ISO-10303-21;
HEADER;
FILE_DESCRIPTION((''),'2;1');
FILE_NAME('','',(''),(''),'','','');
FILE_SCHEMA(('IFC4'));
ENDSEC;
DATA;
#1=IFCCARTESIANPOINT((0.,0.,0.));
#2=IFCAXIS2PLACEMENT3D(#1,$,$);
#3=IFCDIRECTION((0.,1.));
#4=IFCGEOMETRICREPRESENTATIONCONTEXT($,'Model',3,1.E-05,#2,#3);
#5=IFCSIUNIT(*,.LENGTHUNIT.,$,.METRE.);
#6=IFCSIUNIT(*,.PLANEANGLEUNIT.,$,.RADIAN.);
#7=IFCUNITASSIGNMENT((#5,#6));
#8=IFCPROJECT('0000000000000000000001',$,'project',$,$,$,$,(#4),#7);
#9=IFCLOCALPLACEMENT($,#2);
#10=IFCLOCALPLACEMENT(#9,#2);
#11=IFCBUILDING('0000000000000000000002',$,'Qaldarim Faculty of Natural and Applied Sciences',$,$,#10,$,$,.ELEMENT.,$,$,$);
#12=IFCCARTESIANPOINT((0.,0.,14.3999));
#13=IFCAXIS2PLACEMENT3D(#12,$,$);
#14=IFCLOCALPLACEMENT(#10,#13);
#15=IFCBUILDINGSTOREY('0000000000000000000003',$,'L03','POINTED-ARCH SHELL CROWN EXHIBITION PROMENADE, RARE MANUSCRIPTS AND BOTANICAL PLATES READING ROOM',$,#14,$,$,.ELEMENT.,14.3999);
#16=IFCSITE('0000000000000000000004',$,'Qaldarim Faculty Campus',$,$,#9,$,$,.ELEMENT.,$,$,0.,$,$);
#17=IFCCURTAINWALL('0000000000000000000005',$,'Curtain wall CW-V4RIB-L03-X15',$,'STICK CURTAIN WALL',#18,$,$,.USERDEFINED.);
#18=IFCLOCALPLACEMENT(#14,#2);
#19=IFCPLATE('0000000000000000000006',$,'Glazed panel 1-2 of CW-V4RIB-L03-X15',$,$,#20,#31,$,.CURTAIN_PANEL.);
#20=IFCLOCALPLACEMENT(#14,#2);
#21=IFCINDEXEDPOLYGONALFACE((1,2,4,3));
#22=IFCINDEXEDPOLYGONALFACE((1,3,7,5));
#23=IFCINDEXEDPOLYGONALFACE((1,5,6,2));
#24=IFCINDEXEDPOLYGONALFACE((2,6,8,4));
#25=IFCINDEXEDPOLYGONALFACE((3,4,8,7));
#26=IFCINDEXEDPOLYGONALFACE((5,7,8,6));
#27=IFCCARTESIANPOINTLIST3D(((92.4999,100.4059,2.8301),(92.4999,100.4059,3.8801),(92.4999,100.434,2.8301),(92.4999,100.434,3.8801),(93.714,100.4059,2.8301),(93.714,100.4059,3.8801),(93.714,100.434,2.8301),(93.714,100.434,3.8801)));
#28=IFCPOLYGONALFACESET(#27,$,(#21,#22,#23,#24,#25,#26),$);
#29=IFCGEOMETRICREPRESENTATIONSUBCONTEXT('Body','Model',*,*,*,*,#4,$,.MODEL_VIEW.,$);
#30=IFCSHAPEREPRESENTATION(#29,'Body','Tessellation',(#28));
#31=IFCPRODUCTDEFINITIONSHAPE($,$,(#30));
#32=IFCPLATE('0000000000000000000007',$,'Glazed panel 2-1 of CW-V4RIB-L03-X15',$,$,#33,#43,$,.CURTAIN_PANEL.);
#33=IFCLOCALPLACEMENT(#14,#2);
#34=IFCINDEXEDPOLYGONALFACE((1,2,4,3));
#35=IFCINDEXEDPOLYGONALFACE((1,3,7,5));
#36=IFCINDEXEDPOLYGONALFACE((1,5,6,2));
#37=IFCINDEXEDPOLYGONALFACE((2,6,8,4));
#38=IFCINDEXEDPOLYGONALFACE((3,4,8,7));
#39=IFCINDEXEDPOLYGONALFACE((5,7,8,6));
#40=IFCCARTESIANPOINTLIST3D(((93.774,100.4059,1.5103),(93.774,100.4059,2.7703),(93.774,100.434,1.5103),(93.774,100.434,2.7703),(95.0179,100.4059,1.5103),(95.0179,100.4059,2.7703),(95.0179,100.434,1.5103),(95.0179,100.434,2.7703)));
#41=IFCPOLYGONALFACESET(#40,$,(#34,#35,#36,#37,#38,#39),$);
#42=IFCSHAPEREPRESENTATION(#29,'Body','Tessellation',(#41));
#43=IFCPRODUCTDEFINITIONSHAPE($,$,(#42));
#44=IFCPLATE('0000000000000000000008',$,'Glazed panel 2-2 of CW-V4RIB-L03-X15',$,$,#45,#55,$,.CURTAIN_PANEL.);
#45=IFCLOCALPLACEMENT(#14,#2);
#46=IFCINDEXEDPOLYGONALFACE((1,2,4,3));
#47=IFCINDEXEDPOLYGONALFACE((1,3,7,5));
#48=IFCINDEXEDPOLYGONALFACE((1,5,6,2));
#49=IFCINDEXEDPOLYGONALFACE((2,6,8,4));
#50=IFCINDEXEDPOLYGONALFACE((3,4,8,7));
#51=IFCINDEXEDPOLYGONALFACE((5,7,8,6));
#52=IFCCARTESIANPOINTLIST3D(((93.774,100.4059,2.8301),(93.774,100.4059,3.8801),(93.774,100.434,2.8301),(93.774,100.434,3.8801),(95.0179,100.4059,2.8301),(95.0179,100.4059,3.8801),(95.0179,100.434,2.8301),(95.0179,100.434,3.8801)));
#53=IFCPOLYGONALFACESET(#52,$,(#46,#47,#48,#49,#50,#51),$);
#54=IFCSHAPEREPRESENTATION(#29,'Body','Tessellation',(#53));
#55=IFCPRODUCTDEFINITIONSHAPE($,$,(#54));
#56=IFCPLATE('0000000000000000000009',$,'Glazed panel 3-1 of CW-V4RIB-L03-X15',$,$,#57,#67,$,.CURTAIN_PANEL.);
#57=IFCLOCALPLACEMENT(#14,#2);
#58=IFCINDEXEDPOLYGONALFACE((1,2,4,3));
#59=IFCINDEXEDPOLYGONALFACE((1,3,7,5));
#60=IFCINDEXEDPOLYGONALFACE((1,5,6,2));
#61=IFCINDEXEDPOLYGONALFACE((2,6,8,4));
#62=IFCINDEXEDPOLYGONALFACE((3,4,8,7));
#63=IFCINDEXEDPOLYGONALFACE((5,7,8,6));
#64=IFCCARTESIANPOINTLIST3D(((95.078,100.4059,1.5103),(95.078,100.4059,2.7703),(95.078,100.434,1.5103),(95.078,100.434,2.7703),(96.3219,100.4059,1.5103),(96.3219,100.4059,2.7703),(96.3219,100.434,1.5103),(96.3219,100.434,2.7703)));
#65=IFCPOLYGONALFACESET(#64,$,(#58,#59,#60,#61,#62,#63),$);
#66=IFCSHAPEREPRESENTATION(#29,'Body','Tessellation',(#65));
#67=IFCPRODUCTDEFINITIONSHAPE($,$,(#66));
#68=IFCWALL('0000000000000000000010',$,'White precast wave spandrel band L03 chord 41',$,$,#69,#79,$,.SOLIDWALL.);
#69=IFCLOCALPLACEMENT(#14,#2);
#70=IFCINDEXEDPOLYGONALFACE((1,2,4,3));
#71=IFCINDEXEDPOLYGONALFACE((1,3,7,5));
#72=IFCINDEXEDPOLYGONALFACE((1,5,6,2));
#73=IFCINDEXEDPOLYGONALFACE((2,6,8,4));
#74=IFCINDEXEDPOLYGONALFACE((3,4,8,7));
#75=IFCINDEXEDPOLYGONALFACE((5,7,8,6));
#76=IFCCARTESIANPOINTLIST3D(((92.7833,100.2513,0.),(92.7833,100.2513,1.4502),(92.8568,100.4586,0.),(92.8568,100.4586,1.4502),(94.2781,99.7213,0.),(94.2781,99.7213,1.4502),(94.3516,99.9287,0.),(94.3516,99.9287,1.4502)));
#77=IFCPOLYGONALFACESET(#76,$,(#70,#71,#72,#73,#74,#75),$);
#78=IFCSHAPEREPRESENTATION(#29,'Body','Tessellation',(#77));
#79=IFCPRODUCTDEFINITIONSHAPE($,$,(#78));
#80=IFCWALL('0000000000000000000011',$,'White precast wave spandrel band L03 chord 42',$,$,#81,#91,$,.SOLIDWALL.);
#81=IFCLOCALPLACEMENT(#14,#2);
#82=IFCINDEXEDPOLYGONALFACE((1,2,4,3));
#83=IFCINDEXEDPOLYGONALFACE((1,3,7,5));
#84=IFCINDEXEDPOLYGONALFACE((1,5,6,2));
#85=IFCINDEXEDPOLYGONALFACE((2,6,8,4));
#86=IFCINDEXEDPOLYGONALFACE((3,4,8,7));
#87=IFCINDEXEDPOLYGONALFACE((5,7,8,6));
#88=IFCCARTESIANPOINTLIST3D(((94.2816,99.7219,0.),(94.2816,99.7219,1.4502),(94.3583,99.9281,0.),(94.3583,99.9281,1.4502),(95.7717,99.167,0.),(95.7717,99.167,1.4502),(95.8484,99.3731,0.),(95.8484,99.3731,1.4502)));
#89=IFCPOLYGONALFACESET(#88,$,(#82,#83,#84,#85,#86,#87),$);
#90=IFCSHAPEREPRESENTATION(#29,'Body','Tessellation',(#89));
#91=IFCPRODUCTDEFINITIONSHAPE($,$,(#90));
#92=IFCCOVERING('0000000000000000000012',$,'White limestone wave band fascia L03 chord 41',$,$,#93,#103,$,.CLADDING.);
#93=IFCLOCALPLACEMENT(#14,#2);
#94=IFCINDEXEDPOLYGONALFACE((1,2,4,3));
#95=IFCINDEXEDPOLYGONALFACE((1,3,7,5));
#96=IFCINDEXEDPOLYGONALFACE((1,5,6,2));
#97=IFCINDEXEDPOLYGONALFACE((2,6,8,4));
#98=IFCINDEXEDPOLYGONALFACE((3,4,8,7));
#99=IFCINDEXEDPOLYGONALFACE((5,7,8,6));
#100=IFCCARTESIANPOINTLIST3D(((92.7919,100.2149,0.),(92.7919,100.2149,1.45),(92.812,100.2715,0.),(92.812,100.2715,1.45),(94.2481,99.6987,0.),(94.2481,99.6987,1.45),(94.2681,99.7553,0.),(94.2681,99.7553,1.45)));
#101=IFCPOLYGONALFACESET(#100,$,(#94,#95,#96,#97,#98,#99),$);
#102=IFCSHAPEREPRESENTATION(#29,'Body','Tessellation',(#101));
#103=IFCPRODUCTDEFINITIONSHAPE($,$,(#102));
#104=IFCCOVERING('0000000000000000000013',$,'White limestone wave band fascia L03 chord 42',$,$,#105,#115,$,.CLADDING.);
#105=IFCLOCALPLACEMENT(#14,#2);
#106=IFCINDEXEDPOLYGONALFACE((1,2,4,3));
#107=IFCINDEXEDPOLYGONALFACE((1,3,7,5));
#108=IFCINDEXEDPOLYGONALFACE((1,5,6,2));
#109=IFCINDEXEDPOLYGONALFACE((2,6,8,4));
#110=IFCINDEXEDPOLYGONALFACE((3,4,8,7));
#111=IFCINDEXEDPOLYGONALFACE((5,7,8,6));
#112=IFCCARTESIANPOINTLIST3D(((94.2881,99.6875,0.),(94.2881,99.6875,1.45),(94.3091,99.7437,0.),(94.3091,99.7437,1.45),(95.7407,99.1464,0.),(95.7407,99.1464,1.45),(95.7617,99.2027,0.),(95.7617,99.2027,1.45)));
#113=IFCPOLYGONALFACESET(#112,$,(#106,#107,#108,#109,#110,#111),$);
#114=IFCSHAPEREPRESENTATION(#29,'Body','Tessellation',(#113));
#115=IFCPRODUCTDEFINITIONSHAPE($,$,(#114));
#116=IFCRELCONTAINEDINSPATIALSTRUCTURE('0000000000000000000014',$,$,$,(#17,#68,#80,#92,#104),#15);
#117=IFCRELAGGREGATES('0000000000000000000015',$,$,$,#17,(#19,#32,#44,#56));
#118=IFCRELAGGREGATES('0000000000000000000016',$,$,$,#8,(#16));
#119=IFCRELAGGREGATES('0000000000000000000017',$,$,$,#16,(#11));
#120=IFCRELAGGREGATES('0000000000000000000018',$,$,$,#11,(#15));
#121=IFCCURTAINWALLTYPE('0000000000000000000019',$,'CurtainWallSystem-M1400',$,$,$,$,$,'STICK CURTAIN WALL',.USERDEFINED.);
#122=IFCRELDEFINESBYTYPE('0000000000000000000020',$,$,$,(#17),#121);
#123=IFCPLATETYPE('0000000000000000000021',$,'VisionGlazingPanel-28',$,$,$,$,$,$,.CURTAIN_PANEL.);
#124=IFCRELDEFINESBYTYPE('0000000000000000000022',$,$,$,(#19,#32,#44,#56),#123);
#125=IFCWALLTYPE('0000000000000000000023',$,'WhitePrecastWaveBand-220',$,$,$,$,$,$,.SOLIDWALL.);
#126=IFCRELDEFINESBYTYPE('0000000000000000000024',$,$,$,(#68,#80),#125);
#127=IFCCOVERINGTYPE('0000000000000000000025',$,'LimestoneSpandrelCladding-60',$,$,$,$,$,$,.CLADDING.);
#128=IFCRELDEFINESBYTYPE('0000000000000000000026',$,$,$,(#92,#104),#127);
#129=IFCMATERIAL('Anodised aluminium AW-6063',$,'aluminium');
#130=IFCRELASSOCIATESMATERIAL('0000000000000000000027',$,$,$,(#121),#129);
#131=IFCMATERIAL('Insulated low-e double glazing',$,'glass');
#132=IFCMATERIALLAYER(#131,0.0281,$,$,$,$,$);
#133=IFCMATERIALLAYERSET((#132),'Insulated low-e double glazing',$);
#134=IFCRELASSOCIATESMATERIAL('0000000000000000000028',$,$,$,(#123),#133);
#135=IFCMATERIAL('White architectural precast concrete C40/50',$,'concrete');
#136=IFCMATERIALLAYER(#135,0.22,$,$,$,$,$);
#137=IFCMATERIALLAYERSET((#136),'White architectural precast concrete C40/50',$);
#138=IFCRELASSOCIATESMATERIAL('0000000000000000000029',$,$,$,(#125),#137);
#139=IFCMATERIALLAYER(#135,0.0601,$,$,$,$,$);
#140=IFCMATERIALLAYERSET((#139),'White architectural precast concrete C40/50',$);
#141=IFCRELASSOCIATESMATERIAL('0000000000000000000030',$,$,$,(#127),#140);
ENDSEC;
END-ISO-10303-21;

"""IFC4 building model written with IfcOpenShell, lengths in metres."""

from ifc_helpers import new_model, si_unit, direction, frame, frame_2d, origin, origin_2d, place, context, subcontext, project, spatial, rectangle, extrude, material, layer, layer_set, type_object, element, aggregate, save


model = new_model("IFC4")

# Units and contexts
model_context = context("Model", 3, precision=1e-05, world=origin(), true_north=direction((0.0, 1.0)))
body_context = subcontext(model_context, "Body", "Model", "MODEL_VIEW")
ifc_project = project(units=[si_unit("LENGTHUNIT", "METRE"), si_unit("PLANEANGLEUNIT", "RADIAN")], contexts=[model_context])

# Site, building, storey
site_placement = place(None, origin())
site = spatial("IfcSite", under=ifc_project, at=site_placement, Name="Qaldarim Faculty Campus", CompositionType="ELEMENT", RefElevation=0.0)
building_placement = place(site_placement, origin())
building = spatial("IfcBuilding", under=site, at=building_placement, Name="Qaldarim Faculty of Natural and Applied Sciences", CompositionType="ELEMENT")
storey_placement = place(building_placement, frame((0.0, 0.0, 14.3999)))
storey = spatial("IfcBuildingStorey", under=building, at=storey_placement, Name="L03", Description="POINTED-ARCH SHELL CROWN EXHIBITION PROMENADE, RARE MANUSCRIPTS AND BOTANICAL PLATES READING ROOM", CompositionType="ELEMENT", Elevation=14.3999)

# Shared definitions
ifc_material_1 = material(Name="Anodised aluminium AW-6063", Category="aluminium")
curtain_wall_type = type_object("IfcCurtainWallType", Name="CurtainWallSystem-M1400", ElementType="STICK CURTAIN WALL", PredefinedType="USERDEFINED", material=ifc_material_1)

# Curtain wall, plates
curtain_wall_1_placement = place(storey_placement, origin())
curtain_wall_1 = element("IfcCurtainWall", 1, at=curtain_wall_1_placement, inside=storey, type_object=curtain_wall_type, Name="Curtain wall CW-V4RIB-L03-X15", ObjectType="STICK CURTAIN WALL", PredefinedType="USERDEFINED")
ifc_material_2 = material(Name="Insulated low-e double glazing", Category="glass")
ifc_layer_1 = layer(ifc_material_2, 0.0281)
ifc_layer_set_1 = layer_set([ifc_layer_1], Name="Insulated low-e double glazing")
plate_type = type_object("IfcPlateType", Name="VisionGlazingPanel-28", PredefinedType="CURTAIN_PANEL", material=ifc_layer_set_1)
plate_1_placement = place(storey_placement, frame((93.1069, 100.4199, 2.8301), z_axis=(0.0, 0.0, 1.0), x_axis=(1.0, 0.0, 0.0)))
plate_1 = element("IfcPlate", 2, at=plate_1_placement, type_object=plate_type, Name="Glazed panel 1-2 of CW-V4RIB-L03-X15", PredefinedType="CURTAIN_PANEL", context=body_context, shape_type="SweptSolid", body=[
    extrude(rectangle(XDim=1.2141, YDim=0.0281, at=origin_2d()), origin(), (0.0, 0.0, 1.0), 1.05),
])
plate_2_placement = place(storey_placement, frame((94.396, 100.4199, 1.5103), z_axis=(0.0, 0.0, 1.0), x_axis=(1.0, 0.0, 0.0)))
plate_2 = element("IfcPlate", 3, at=plate_2_placement, type_object=plate_type, Name="Glazed panel 2-1 of CW-V4RIB-L03-X15", PredefinedType="CURTAIN_PANEL", context=body_context, shape_type="SweptSolid", body=[
    extrude(rectangle(XDim=1.2439, YDim=0.0281, at=origin_2d()), origin(), (0.0, 0.0, 1.0), 1.26),
])
plate_3_placement = place(storey_placement, frame((94.396, 100.4199, 2.8301), z_axis=(0.0, 0.0, 1.0), x_axis=(1.0, 0.0, 0.0)))
plate_3 = element("IfcPlate", 4, at=plate_3_placement, type_object=plate_type, Name="Glazed panel 2-2 of CW-V4RIB-L03-X15", PredefinedType="CURTAIN_PANEL", context=body_context, shape_type="SweptSolid", body=[
    extrude(rectangle(XDim=1.2439, YDim=0.0281, at=origin_2d()), origin(), (0.0, 0.0, 1.0), 1.05),
])
plate_4_placement = place(storey_placement, frame((95.7, 100.4199, 1.5103), z_axis=(0.0, 0.0, 1.0), x_axis=(1.0, 0.0, 0.0)))
plate_4 = element("IfcPlate", 5, at=plate_4_placement, type_object=plate_type, Name="Glazed panel 3-1 of CW-V4RIB-L03-X15", PredefinedType="CURTAIN_PANEL", context=body_context, shape_type="SweptSolid", body=[
    extrude(rectangle(XDim=1.2439, YDim=0.0281, at=origin_2d()), origin(), (0.0, 0.0, 1.0), 1.26),
])
aggregate(curtain_wall_1, [plate_1, plate_2, plate_3, plate_4])

# Walls
ifc_material_3 = material(Name="White architectural precast concrete C40/50", Category="concrete")
ifc_layer_2 = layer(ifc_material_3, 0.22)
ifc_layer_set_2 = layer_set([ifc_layer_2], Name="White architectural precast concrete C40/50")
wall_type = type_object("IfcWallType", Name="WhitePrecastWaveBand-220", PredefinedType="SOLIDWALL", material=ifc_layer_set_2)
wall_1_placement = place(storey_placement, frame((92.8201, 100.355, 0.0), z_axis=(0.0, 0.0, 1.0), x_axis=(0.942509, -0.334181, 0.0)))
element("IfcWall", 6, at=wall_1_placement, inside=storey, type_object=wall_type, Name="White precast wave spandrel band L03 chord 41", PredefinedType="SOLIDWALL", context=body_context, shape_type="SweptSolid", body=[
    extrude(rectangle(XDim=1.5859, YDim=0.22, at=frame_2d((0.793, 0.0))), origin(), (0.0, 0.0, 1.0), 1.4502),
])
wall_2_placement = place(storey_placement, frame((94.3201, 99.825, 0.0), z_axis=(0.0, 0.0, 1.0), x_axis=(0.937116, -0.349019, 0.0)))
element("IfcWall", 7, at=wall_2_placement, inside=storey, type_object=wall_type, Name="White precast wave spandrel band L03 chord 42", PredefinedType="SOLIDWALL", context=body_context, shape_type="SweptSolid", body=[
    extrude(rectangle(XDim=1.5901, YDim=0.22, at=frame_2d((0.7949, 0.0))), origin(), (0.0, 0.0, 1.0), 1.4502),
])

# Coverings
ifc_layer_3 = layer(ifc_material_3, 0.0601)
ifc_layer_set_3 = layer_set([ifc_layer_3], Name="White architectural precast concrete C40/50")
covering_type = type_object("IfcCoveringType", Name="LimestoneSpandrelCladding-60", PredefinedType="CLADDING", material=ifc_layer_set_3)
covering_1_placement = place(storey_placement, frame((93.53, 99.9851, 0.0), z_axis=(0.0, 0.0, 1.0), x_axis=(0.942525, -0.334136, 0.0)))
element("IfcCovering", 8, at=covering_1_placement, inside=storey, type_object=covering_type, Name="White limestone wave band fascia L03 chord 41", PredefinedType="CLADDING", context=body_context, shape_type="SweptSolid", body=[
    extrude(rectangle(XDim=1.5449, YDim=0.0601, at=origin_2d()), origin(), (0.0, 0.0, 1.0), 1.45),
])
covering_2_placement = place(storey_placement, frame((95.0249, 99.4451, 0.0), z_axis=(0.0, 0.0, 1.0), x_axis=(0.937099, -0.349063, 0.0)))
element("IfcCovering", 9, at=covering_2_placement, inside=storey, type_object=covering_type, Name="White limestone wave band fascia L03 chord 42", PredefinedType="CLADDING", context=body_context, shape_type="SweptSolid", body=[
    extrude(rectangle(XDim=1.55, YDim=0.0601, at=origin_2d()), origin(), (0.0, 0.0, 1.0), 1.45),
])

save(model, "model.ifc")
